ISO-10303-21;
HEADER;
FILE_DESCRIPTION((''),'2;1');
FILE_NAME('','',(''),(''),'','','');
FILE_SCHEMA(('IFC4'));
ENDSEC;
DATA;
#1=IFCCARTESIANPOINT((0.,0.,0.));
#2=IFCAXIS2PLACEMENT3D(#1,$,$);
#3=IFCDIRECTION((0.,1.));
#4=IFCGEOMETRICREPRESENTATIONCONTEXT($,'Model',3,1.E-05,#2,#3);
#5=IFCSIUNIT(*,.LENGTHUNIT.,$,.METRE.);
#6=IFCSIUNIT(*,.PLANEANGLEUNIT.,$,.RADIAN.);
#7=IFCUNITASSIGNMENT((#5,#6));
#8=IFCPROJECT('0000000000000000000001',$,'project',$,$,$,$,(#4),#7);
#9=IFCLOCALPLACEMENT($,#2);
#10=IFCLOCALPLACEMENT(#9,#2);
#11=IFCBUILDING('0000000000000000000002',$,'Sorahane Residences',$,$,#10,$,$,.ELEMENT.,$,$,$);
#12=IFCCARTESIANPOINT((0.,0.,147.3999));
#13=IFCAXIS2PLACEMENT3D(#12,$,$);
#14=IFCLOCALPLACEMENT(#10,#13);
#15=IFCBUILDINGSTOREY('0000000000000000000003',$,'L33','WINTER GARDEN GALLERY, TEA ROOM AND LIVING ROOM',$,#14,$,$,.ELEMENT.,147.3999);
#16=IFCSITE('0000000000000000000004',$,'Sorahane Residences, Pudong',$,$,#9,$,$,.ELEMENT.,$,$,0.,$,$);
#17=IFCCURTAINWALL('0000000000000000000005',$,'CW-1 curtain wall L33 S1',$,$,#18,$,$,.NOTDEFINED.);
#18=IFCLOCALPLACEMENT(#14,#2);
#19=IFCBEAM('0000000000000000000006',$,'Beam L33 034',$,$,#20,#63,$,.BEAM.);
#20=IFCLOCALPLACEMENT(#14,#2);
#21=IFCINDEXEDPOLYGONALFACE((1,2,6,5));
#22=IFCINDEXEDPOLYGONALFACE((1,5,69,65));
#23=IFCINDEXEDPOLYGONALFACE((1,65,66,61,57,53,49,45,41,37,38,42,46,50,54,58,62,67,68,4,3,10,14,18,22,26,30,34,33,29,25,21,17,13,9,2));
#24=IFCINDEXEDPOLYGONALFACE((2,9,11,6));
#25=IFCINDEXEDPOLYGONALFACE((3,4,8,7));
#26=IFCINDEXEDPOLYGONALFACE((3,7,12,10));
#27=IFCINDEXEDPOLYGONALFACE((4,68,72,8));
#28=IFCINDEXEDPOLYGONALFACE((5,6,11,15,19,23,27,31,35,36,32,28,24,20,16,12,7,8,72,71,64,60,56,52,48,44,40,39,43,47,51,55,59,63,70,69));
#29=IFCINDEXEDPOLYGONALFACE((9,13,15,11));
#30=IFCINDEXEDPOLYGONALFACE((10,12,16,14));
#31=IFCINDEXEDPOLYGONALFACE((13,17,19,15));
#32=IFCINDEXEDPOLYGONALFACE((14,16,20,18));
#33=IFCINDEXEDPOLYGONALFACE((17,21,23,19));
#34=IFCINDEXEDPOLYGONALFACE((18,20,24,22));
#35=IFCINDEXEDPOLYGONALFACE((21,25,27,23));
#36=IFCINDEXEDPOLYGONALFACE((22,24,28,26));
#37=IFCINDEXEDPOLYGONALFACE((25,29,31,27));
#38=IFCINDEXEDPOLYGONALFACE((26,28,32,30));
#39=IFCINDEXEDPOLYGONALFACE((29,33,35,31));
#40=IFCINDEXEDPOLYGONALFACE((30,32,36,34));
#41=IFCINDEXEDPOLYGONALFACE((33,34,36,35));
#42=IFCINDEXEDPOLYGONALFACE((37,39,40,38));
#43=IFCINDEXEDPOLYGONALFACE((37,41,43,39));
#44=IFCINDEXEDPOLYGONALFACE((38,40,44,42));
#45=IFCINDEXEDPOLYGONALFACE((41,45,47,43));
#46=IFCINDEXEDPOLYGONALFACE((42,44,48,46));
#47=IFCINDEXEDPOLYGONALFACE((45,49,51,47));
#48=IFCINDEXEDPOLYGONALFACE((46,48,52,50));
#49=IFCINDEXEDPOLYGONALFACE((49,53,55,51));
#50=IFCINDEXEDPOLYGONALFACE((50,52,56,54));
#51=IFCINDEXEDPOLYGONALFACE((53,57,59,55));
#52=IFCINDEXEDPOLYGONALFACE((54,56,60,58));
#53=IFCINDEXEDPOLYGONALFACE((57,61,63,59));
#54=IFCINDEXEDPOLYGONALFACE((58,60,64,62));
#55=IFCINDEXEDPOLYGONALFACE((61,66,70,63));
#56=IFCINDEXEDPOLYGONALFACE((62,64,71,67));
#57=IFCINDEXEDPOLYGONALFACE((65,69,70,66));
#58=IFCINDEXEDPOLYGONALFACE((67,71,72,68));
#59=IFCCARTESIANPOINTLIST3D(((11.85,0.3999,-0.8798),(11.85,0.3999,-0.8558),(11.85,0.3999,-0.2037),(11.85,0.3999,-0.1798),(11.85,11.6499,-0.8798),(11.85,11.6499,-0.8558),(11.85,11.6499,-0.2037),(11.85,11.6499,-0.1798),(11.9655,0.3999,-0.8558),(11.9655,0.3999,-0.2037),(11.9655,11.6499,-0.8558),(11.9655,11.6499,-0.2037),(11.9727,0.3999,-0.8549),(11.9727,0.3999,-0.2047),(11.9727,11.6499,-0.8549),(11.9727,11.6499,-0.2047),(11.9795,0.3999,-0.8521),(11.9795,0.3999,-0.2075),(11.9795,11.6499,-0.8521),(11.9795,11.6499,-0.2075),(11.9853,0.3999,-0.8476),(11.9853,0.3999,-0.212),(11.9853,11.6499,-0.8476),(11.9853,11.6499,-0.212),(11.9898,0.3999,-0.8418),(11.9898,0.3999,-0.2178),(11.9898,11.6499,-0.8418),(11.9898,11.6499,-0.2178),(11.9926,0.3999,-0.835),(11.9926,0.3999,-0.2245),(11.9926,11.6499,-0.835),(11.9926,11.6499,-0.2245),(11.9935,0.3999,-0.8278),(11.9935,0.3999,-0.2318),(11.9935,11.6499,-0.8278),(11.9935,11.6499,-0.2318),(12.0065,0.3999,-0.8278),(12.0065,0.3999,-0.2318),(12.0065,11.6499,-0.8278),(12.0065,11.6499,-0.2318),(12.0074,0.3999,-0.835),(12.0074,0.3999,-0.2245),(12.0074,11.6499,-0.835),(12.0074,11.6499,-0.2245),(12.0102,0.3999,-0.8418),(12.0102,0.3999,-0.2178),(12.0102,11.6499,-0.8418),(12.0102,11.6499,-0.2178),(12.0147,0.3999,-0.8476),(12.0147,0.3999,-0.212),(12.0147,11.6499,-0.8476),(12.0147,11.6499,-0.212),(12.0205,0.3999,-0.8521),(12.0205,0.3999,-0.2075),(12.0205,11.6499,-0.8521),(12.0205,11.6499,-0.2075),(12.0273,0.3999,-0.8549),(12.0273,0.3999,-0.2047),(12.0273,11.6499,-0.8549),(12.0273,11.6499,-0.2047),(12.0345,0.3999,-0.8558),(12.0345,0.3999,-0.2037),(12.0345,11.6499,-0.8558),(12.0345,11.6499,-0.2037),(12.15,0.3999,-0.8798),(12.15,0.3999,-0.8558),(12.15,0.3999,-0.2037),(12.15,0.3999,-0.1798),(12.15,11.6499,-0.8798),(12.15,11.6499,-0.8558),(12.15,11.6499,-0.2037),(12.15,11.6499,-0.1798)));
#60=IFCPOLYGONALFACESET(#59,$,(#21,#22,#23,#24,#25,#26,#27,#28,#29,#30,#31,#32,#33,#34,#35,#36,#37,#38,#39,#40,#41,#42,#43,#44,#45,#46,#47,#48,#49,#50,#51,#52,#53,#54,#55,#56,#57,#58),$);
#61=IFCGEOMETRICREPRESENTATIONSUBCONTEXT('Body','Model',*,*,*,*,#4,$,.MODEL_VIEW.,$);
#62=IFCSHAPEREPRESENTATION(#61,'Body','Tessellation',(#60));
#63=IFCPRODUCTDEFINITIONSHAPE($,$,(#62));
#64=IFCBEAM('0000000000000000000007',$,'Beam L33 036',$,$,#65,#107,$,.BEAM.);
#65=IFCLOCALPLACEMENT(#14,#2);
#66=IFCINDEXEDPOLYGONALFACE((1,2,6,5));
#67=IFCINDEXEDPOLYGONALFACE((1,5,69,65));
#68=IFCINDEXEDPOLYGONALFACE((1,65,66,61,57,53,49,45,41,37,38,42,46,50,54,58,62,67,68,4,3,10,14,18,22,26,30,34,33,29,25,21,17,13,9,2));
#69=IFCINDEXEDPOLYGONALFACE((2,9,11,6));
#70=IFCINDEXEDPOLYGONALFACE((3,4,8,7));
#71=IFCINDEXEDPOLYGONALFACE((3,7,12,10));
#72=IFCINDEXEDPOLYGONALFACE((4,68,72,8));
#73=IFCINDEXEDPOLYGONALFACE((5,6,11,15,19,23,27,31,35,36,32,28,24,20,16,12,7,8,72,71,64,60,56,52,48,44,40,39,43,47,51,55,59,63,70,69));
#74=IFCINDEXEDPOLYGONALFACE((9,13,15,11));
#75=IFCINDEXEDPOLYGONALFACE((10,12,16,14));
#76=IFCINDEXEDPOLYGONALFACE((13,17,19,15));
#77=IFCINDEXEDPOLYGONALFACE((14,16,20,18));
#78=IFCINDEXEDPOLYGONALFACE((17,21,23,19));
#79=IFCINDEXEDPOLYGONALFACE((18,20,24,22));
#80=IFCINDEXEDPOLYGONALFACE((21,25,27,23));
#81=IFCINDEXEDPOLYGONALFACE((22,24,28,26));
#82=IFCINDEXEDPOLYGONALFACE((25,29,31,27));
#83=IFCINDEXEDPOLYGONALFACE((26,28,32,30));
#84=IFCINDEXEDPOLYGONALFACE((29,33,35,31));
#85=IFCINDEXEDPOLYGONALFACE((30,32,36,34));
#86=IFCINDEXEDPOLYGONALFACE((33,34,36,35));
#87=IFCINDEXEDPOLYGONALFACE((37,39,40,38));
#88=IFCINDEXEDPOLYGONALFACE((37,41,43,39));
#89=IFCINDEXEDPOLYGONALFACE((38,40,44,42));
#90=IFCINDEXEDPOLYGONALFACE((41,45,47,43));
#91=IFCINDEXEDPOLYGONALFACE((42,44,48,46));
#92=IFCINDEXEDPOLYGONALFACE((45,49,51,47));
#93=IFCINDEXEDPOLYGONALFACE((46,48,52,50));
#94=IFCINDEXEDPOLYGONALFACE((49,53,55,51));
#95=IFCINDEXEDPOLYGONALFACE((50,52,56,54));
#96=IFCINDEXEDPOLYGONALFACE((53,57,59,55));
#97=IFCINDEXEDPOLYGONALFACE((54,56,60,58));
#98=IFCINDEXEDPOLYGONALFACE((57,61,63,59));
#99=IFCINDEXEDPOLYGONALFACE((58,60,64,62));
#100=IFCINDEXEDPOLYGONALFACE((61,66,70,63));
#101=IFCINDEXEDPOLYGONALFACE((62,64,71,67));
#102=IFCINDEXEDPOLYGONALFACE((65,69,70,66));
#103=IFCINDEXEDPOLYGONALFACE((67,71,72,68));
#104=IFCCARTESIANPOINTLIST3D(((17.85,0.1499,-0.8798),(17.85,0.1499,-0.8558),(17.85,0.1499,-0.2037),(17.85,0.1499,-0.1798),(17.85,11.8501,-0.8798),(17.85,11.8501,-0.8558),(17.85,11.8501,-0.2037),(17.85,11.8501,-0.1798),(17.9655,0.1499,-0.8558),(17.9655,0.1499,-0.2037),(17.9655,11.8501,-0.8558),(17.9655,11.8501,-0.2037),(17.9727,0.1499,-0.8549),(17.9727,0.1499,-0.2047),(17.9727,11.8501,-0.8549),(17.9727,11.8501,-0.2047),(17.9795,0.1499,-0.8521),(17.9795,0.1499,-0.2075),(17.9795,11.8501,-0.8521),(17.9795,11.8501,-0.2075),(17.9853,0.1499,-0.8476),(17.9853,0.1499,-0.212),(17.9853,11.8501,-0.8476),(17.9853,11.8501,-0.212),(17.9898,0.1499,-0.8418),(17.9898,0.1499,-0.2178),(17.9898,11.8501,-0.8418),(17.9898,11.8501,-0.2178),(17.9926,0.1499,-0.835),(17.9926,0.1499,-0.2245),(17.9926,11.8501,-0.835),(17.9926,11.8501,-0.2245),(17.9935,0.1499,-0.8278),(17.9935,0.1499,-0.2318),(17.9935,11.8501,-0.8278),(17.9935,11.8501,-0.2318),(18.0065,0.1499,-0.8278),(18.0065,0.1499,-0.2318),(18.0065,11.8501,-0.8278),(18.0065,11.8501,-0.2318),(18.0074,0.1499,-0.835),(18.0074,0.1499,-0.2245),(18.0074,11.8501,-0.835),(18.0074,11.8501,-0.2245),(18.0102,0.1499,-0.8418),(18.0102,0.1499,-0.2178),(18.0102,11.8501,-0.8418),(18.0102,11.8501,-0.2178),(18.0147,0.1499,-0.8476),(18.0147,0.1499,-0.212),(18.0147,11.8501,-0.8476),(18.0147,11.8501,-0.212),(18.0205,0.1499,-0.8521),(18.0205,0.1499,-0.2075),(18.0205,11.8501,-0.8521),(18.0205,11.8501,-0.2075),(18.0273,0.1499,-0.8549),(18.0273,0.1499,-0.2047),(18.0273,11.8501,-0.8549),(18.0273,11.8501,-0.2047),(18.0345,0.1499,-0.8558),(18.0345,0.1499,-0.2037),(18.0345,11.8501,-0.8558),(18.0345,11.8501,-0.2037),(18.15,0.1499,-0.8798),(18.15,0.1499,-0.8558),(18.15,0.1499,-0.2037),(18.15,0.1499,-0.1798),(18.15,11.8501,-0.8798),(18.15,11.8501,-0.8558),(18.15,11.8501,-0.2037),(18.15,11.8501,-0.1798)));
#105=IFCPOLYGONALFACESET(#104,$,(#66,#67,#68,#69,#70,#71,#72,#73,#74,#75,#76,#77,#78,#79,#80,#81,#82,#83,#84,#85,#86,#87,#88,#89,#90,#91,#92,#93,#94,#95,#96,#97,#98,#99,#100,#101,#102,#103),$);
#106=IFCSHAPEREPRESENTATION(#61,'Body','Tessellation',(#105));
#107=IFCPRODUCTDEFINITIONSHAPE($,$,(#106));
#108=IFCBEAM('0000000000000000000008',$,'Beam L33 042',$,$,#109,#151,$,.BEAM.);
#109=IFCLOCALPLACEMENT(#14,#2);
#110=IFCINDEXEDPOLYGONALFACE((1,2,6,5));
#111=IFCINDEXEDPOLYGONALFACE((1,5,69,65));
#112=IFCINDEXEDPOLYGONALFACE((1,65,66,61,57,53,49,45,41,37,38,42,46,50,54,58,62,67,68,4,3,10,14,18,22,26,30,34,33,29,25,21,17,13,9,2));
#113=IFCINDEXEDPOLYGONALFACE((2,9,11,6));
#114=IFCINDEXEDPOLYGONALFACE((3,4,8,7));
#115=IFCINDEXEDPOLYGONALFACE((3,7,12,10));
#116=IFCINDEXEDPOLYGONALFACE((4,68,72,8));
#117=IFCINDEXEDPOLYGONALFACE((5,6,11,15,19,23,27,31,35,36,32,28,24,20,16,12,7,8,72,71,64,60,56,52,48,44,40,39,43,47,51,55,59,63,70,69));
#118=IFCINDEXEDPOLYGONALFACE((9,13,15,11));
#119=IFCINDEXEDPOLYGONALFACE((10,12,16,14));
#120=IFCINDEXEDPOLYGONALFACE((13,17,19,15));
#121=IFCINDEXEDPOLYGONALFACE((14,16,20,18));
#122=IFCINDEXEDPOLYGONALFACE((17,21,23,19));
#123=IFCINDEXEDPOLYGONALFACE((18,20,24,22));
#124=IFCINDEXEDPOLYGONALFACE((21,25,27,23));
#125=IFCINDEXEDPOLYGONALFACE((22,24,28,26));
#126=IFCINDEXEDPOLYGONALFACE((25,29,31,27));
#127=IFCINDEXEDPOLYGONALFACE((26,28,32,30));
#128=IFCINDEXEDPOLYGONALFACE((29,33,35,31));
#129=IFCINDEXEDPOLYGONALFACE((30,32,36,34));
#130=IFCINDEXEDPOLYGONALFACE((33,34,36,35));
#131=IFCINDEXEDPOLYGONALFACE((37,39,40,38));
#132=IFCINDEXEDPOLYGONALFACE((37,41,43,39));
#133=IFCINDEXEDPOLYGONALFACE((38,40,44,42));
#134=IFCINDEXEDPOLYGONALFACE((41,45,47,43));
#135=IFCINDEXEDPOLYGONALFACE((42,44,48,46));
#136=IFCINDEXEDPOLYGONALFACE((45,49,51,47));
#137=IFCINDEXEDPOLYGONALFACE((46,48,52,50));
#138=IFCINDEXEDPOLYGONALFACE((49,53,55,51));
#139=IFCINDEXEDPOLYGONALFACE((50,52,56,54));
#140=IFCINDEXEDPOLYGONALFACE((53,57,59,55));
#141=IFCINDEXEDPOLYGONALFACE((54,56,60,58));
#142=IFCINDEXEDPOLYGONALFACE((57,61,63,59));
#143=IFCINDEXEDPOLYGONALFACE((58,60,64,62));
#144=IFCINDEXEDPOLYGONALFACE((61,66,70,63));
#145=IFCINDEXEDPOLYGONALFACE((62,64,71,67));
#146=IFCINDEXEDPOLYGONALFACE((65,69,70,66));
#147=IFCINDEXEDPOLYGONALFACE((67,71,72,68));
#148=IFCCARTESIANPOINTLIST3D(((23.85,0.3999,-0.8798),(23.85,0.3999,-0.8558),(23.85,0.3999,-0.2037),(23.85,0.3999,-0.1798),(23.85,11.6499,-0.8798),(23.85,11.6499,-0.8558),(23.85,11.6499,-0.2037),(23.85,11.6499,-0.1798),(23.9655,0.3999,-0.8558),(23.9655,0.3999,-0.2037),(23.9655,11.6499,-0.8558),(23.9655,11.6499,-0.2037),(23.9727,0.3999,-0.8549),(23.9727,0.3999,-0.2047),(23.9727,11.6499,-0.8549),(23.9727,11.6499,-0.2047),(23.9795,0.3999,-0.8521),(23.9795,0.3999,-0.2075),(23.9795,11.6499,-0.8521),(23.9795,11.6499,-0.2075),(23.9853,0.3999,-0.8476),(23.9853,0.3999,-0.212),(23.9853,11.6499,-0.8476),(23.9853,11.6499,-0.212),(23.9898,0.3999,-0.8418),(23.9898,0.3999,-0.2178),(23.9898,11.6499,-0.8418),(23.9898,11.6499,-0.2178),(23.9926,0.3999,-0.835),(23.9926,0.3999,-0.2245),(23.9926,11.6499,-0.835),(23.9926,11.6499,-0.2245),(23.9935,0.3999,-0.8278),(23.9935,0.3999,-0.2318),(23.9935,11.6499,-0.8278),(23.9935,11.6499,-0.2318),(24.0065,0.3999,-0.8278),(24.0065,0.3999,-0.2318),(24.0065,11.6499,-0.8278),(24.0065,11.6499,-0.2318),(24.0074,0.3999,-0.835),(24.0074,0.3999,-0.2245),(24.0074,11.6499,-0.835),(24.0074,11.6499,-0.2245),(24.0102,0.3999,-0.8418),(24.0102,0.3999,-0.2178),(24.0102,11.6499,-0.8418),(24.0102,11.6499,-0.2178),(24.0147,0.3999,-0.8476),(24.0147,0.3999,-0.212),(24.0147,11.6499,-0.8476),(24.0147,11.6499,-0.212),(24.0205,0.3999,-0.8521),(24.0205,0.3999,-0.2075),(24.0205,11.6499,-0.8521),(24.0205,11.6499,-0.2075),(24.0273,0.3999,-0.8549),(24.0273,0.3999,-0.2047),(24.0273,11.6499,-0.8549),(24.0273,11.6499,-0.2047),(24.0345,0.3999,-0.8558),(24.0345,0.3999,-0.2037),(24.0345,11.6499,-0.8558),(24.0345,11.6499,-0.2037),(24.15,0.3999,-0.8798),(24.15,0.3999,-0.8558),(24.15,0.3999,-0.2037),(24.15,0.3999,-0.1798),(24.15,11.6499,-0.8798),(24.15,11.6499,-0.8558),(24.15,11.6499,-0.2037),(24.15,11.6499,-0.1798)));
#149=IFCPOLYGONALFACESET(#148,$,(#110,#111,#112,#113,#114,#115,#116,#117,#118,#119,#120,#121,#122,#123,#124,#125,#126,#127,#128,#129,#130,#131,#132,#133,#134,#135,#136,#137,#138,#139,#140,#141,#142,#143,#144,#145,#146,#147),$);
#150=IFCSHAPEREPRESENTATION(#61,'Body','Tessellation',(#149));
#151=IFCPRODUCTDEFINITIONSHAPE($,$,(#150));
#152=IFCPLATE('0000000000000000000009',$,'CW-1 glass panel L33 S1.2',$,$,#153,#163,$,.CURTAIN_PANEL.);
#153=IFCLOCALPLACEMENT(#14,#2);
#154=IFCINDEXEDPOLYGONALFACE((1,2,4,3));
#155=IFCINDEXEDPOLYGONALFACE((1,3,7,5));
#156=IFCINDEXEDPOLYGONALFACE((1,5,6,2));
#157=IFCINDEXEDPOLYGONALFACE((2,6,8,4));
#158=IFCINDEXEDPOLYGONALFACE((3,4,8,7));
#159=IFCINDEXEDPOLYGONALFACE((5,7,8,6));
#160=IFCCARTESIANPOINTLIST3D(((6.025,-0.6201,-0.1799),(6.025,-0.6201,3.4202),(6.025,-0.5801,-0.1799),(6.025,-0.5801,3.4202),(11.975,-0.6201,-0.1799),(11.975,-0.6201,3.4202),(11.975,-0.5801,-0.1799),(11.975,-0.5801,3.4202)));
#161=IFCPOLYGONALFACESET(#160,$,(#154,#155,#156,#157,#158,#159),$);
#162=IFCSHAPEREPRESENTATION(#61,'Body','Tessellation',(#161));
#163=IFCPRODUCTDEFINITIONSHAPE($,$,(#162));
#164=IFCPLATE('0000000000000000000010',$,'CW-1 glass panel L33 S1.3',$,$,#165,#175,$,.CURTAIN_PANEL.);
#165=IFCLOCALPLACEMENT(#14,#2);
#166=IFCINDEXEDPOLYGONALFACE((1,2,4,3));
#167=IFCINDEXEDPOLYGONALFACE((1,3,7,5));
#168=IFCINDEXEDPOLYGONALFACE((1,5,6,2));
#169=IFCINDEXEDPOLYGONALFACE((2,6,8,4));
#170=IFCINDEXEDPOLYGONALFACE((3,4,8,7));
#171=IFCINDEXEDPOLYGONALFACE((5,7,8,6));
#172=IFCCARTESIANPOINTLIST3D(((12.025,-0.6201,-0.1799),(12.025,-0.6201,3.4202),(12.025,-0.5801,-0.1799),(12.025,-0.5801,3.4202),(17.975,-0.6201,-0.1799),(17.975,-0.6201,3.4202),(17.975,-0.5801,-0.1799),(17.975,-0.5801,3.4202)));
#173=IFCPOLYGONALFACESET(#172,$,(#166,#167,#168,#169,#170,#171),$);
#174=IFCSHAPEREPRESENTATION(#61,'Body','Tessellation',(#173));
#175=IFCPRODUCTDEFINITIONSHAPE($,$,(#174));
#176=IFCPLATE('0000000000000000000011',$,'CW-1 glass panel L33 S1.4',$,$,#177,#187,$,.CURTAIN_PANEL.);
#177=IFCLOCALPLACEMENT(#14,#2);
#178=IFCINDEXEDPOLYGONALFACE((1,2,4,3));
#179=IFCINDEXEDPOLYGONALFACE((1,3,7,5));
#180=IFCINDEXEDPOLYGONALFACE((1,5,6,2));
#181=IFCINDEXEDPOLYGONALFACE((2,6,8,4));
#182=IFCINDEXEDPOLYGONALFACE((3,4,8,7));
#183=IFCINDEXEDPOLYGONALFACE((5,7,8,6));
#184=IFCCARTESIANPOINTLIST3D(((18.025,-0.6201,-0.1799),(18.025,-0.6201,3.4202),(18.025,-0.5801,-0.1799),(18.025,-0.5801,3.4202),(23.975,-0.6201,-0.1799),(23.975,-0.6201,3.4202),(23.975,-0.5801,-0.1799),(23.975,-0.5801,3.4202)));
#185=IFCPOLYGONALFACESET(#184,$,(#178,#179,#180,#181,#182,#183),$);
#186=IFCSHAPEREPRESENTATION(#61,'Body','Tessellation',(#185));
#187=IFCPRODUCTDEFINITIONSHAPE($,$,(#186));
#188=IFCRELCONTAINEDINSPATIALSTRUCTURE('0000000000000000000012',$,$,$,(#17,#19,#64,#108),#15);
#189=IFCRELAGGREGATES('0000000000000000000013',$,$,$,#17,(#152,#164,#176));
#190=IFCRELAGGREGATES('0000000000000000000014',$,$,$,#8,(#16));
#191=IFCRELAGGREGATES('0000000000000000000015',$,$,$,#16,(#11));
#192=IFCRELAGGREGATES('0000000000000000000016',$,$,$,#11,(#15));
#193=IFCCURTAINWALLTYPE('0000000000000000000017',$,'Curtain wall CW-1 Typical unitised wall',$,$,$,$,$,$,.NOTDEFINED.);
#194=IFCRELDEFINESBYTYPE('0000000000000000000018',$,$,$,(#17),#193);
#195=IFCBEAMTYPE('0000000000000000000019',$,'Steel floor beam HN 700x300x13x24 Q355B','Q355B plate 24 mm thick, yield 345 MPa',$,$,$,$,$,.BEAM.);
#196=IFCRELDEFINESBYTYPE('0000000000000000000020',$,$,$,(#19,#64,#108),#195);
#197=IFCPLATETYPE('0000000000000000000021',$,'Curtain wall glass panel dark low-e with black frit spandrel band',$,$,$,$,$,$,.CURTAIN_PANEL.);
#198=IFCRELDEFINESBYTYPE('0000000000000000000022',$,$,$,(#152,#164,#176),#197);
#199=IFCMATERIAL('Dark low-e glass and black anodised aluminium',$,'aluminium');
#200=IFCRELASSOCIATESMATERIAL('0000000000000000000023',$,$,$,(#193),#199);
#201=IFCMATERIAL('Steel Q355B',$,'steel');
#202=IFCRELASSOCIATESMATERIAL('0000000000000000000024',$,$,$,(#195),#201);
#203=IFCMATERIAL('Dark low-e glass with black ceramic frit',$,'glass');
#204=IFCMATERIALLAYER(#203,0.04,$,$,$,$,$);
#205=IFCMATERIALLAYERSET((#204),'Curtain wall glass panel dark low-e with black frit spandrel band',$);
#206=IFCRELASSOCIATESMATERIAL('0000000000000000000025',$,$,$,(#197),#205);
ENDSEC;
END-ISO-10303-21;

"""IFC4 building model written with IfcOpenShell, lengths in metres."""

from ifc_helpers import new_model, si_unit, direction, frame, origin, origin_2d, place, context, subcontext, project, spatial, rectangle, i_section, extrude, material, layer, layer_set, material_profile, profile_set, type_object, element, aggregate, save


model = new_model("IFC4")

# Units and contexts
model_context = context("Model", 3, precision=1e-05, world=origin(), true_north=direction((0.0, 1.0)))
body_context = subcontext(model_context, "Body", "Model", "MODEL_VIEW")
ifc_project = project(units=[si_unit("LENGTHUNIT", "METRE"), si_unit("PLANEANGLEUNIT", "RADIAN")], contexts=[model_context])

# Site, building, storey
site_placement = place(None, origin())
site = spatial("IfcSite", under=ifc_project, at=site_placement, Name="Sorahane Residences, Pudong", CompositionType="ELEMENT", RefElevation=0.0)
building_placement = place(site_placement, origin())
building = spatial("IfcBuilding", under=site, at=building_placement, Name="Sorahane Residences", CompositionType="ELEMENT")
storey_placement = place(building_placement, frame((0.0, 0.0, 147.3999)))
storey = spatial("IfcBuildingStorey", under=building, at=storey_placement, Name="L33", Description="WINTER GARDEN GALLERY, TEA ROOM AND LIVING ROOM", CompositionType="ELEMENT", Elevation=147.3999)

# Curtain wall
ifc_material_1 = material(Name="Dark low-e glass and black anodised aluminium", Category="aluminium")
curtain_wall_type = type_object("IfcCurtainWallType", Name="Curtain wall CW-1 Typical unitised wall", PredefinedType="NOTDEFINED", material=ifc_material_1)
curtain_wall_placement = place(storey_placement, origin())
curtain_wall = element("IfcCurtainWall", 1, at=curtain_wall_placement, inside=storey, type_object=curtain_wall_type, Name="CW-1 curtain wall L33 S1", PredefinedType="NOTDEFINED")

# Beams
ifc_material_2 = material(Name="Steel Q355B", Category="steel")
ifc_material_profile_1 = material_profile(ifc_material_2, i_section(OverallWidth=0.3, OverallDepth=0.7, WebThickness=0.0129, FlangeThickness=0.0239, FilletRadius=0.0281, at=origin_2d()), Name="HN 700x300x13x24")
ifc_profile_set_1 = profile_set([ifc_material_profile_1], Name="Steel Q355B")
beam_type_1 = type_object("IfcBeamType", Name="Steel floor beam HN 700x300x13x24 Q355B", Description="Q355B plate 24 mm thick, yield 345 MPa", PredefinedType="BEAM", material=ifc_profile_set_1)
beam_1_placement = place(storey_placement, frame((12.0, 0.3999, -0.5298), z_axis=(0.0, 1.0, 0.0), x_axis=(-1.0, 0.0, 0.0)))
element("IfcBeam", 2, at=beam_1_placement, inside=storey, type_object=beam_type_1, Name="Beam L33 034", PredefinedType="BEAM", context=body_context, shape_type="SweptSolid", body=[
    extrude(i_section(OverallWidth=0.3, OverallDepth=0.7, WebThickness=0.0129, FlangeThickness=0.0239, FilletRadius=0.0281, at=origin_2d()), origin(), (0.0, 0.0, 1.0), 11.25),
])
beam_2_placement = place(storey_placement, frame((18.0, 0.1499, -0.5298), z_axis=(0.0, 1.0, 0.0), x_axis=(-1.0, 0.0, 0.0)))
element("IfcBeam", 3, at=beam_2_placement, inside=storey, type_object=beam_type_1, Name="Beam L33 036", PredefinedType="BEAM", context=body_context, shape_type="SweptSolid", body=[
    extrude(i_section(OverallWidth=0.3, OverallDepth=0.7, WebThickness=0.0129, FlangeThickness=0.0239, FilletRadius=0.0281, at=origin_2d()), origin(), (0.0, 0.0, 1.0), 11.7002),
])
beam_3_placement = place(storey_placement, frame((24.0, 0.3999, -0.5298), z_axis=(0.0, 1.0, 0.0), x_axis=(-1.0, 0.0, 0.0)))
element("IfcBeam", 4, at=beam_3_placement, inside=storey, type_object=beam_type_1, Name="Beam L33 042", PredefinedType="BEAM", context=body_context, shape_type="SweptSolid", body=[
    extrude(i_section(OverallWidth=0.3, OverallDepth=0.7, WebThickness=0.0129, FlangeThickness=0.0239, FilletRadius=0.0281, at=origin_2d()), origin(), (0.0, 0.0, 1.0), 11.25),
])

# Plates
ifc_material_3 = material(Name="Dark low-e glass with black ceramic frit", Category="glass")
ifc_layer_1 = layer(ifc_material_3, 0.04)
ifc_layer_set_1 = layer_set([ifc_layer_1], Name="Curtain wall glass panel dark low-e with black frit spandrel band")
plate_type = type_object("IfcPlateType", Name="Curtain wall glass panel dark low-e with black frit spandrel band", PredefinedType="CURTAIN_PANEL", material=ifc_layer_set_1)
plate_1_placement = place(storey_placement, frame((9.0, -0.6001, -0.1799), z_axis=(0.0, 0.0, 1.0), x_axis=(1.0, 0.0, 0.0)))
plate_1 = element("IfcPlate", 5, at=plate_1_placement, type_object=plate_type, Name="CW-1 glass panel L33 S1.2", PredefinedType="CURTAIN_PANEL", context=body_context, shape_type="SweptSolid", body=[
    extrude(rectangle(XDim=5.95, YDim=0.04, at=origin_2d()), origin(), (0.0, 0.0, 1.0), 3.6001),
])
plate_2_placement = place(storey_placement, frame((15.0, -0.6001, -0.1799), z_axis=(0.0, 0.0, 1.0), x_axis=(1.0, 0.0, 0.0)))
plate_2 = element("IfcPlate", 6, at=plate_2_placement, type_object=plate_type, Name="CW-1 glass panel L33 S1.3", PredefinedType="CURTAIN_PANEL", context=body_context, shape_type="SweptSolid", body=[
    extrude(rectangle(XDim=5.95, YDim=0.04, at=origin_2d()), origin(), (0.0, 0.0, 1.0), 3.6001),
])
plate_3_placement = place(storey_placement, frame((21.0, -0.6001, -0.1799), z_axis=(0.0, 0.0, 1.0), x_axis=(1.0, 0.0, 0.0)))
plate_3 = element("IfcPlate", 7, at=plate_3_placement, type_object=plate_type, Name="CW-1 glass panel L33 S1.4", PredefinedType="CURTAIN_PANEL", context=body_context, shape_type="SweptSolid", body=[
    extrude(rectangle(XDim=5.95, YDim=0.04, at=origin_2d()), origin(), (0.0, 0.0, 1.0), 3.6001),
])
aggregate(curtain_wall, [plate_1, plate_2, plate_3])

save(model, "model.ifc")
